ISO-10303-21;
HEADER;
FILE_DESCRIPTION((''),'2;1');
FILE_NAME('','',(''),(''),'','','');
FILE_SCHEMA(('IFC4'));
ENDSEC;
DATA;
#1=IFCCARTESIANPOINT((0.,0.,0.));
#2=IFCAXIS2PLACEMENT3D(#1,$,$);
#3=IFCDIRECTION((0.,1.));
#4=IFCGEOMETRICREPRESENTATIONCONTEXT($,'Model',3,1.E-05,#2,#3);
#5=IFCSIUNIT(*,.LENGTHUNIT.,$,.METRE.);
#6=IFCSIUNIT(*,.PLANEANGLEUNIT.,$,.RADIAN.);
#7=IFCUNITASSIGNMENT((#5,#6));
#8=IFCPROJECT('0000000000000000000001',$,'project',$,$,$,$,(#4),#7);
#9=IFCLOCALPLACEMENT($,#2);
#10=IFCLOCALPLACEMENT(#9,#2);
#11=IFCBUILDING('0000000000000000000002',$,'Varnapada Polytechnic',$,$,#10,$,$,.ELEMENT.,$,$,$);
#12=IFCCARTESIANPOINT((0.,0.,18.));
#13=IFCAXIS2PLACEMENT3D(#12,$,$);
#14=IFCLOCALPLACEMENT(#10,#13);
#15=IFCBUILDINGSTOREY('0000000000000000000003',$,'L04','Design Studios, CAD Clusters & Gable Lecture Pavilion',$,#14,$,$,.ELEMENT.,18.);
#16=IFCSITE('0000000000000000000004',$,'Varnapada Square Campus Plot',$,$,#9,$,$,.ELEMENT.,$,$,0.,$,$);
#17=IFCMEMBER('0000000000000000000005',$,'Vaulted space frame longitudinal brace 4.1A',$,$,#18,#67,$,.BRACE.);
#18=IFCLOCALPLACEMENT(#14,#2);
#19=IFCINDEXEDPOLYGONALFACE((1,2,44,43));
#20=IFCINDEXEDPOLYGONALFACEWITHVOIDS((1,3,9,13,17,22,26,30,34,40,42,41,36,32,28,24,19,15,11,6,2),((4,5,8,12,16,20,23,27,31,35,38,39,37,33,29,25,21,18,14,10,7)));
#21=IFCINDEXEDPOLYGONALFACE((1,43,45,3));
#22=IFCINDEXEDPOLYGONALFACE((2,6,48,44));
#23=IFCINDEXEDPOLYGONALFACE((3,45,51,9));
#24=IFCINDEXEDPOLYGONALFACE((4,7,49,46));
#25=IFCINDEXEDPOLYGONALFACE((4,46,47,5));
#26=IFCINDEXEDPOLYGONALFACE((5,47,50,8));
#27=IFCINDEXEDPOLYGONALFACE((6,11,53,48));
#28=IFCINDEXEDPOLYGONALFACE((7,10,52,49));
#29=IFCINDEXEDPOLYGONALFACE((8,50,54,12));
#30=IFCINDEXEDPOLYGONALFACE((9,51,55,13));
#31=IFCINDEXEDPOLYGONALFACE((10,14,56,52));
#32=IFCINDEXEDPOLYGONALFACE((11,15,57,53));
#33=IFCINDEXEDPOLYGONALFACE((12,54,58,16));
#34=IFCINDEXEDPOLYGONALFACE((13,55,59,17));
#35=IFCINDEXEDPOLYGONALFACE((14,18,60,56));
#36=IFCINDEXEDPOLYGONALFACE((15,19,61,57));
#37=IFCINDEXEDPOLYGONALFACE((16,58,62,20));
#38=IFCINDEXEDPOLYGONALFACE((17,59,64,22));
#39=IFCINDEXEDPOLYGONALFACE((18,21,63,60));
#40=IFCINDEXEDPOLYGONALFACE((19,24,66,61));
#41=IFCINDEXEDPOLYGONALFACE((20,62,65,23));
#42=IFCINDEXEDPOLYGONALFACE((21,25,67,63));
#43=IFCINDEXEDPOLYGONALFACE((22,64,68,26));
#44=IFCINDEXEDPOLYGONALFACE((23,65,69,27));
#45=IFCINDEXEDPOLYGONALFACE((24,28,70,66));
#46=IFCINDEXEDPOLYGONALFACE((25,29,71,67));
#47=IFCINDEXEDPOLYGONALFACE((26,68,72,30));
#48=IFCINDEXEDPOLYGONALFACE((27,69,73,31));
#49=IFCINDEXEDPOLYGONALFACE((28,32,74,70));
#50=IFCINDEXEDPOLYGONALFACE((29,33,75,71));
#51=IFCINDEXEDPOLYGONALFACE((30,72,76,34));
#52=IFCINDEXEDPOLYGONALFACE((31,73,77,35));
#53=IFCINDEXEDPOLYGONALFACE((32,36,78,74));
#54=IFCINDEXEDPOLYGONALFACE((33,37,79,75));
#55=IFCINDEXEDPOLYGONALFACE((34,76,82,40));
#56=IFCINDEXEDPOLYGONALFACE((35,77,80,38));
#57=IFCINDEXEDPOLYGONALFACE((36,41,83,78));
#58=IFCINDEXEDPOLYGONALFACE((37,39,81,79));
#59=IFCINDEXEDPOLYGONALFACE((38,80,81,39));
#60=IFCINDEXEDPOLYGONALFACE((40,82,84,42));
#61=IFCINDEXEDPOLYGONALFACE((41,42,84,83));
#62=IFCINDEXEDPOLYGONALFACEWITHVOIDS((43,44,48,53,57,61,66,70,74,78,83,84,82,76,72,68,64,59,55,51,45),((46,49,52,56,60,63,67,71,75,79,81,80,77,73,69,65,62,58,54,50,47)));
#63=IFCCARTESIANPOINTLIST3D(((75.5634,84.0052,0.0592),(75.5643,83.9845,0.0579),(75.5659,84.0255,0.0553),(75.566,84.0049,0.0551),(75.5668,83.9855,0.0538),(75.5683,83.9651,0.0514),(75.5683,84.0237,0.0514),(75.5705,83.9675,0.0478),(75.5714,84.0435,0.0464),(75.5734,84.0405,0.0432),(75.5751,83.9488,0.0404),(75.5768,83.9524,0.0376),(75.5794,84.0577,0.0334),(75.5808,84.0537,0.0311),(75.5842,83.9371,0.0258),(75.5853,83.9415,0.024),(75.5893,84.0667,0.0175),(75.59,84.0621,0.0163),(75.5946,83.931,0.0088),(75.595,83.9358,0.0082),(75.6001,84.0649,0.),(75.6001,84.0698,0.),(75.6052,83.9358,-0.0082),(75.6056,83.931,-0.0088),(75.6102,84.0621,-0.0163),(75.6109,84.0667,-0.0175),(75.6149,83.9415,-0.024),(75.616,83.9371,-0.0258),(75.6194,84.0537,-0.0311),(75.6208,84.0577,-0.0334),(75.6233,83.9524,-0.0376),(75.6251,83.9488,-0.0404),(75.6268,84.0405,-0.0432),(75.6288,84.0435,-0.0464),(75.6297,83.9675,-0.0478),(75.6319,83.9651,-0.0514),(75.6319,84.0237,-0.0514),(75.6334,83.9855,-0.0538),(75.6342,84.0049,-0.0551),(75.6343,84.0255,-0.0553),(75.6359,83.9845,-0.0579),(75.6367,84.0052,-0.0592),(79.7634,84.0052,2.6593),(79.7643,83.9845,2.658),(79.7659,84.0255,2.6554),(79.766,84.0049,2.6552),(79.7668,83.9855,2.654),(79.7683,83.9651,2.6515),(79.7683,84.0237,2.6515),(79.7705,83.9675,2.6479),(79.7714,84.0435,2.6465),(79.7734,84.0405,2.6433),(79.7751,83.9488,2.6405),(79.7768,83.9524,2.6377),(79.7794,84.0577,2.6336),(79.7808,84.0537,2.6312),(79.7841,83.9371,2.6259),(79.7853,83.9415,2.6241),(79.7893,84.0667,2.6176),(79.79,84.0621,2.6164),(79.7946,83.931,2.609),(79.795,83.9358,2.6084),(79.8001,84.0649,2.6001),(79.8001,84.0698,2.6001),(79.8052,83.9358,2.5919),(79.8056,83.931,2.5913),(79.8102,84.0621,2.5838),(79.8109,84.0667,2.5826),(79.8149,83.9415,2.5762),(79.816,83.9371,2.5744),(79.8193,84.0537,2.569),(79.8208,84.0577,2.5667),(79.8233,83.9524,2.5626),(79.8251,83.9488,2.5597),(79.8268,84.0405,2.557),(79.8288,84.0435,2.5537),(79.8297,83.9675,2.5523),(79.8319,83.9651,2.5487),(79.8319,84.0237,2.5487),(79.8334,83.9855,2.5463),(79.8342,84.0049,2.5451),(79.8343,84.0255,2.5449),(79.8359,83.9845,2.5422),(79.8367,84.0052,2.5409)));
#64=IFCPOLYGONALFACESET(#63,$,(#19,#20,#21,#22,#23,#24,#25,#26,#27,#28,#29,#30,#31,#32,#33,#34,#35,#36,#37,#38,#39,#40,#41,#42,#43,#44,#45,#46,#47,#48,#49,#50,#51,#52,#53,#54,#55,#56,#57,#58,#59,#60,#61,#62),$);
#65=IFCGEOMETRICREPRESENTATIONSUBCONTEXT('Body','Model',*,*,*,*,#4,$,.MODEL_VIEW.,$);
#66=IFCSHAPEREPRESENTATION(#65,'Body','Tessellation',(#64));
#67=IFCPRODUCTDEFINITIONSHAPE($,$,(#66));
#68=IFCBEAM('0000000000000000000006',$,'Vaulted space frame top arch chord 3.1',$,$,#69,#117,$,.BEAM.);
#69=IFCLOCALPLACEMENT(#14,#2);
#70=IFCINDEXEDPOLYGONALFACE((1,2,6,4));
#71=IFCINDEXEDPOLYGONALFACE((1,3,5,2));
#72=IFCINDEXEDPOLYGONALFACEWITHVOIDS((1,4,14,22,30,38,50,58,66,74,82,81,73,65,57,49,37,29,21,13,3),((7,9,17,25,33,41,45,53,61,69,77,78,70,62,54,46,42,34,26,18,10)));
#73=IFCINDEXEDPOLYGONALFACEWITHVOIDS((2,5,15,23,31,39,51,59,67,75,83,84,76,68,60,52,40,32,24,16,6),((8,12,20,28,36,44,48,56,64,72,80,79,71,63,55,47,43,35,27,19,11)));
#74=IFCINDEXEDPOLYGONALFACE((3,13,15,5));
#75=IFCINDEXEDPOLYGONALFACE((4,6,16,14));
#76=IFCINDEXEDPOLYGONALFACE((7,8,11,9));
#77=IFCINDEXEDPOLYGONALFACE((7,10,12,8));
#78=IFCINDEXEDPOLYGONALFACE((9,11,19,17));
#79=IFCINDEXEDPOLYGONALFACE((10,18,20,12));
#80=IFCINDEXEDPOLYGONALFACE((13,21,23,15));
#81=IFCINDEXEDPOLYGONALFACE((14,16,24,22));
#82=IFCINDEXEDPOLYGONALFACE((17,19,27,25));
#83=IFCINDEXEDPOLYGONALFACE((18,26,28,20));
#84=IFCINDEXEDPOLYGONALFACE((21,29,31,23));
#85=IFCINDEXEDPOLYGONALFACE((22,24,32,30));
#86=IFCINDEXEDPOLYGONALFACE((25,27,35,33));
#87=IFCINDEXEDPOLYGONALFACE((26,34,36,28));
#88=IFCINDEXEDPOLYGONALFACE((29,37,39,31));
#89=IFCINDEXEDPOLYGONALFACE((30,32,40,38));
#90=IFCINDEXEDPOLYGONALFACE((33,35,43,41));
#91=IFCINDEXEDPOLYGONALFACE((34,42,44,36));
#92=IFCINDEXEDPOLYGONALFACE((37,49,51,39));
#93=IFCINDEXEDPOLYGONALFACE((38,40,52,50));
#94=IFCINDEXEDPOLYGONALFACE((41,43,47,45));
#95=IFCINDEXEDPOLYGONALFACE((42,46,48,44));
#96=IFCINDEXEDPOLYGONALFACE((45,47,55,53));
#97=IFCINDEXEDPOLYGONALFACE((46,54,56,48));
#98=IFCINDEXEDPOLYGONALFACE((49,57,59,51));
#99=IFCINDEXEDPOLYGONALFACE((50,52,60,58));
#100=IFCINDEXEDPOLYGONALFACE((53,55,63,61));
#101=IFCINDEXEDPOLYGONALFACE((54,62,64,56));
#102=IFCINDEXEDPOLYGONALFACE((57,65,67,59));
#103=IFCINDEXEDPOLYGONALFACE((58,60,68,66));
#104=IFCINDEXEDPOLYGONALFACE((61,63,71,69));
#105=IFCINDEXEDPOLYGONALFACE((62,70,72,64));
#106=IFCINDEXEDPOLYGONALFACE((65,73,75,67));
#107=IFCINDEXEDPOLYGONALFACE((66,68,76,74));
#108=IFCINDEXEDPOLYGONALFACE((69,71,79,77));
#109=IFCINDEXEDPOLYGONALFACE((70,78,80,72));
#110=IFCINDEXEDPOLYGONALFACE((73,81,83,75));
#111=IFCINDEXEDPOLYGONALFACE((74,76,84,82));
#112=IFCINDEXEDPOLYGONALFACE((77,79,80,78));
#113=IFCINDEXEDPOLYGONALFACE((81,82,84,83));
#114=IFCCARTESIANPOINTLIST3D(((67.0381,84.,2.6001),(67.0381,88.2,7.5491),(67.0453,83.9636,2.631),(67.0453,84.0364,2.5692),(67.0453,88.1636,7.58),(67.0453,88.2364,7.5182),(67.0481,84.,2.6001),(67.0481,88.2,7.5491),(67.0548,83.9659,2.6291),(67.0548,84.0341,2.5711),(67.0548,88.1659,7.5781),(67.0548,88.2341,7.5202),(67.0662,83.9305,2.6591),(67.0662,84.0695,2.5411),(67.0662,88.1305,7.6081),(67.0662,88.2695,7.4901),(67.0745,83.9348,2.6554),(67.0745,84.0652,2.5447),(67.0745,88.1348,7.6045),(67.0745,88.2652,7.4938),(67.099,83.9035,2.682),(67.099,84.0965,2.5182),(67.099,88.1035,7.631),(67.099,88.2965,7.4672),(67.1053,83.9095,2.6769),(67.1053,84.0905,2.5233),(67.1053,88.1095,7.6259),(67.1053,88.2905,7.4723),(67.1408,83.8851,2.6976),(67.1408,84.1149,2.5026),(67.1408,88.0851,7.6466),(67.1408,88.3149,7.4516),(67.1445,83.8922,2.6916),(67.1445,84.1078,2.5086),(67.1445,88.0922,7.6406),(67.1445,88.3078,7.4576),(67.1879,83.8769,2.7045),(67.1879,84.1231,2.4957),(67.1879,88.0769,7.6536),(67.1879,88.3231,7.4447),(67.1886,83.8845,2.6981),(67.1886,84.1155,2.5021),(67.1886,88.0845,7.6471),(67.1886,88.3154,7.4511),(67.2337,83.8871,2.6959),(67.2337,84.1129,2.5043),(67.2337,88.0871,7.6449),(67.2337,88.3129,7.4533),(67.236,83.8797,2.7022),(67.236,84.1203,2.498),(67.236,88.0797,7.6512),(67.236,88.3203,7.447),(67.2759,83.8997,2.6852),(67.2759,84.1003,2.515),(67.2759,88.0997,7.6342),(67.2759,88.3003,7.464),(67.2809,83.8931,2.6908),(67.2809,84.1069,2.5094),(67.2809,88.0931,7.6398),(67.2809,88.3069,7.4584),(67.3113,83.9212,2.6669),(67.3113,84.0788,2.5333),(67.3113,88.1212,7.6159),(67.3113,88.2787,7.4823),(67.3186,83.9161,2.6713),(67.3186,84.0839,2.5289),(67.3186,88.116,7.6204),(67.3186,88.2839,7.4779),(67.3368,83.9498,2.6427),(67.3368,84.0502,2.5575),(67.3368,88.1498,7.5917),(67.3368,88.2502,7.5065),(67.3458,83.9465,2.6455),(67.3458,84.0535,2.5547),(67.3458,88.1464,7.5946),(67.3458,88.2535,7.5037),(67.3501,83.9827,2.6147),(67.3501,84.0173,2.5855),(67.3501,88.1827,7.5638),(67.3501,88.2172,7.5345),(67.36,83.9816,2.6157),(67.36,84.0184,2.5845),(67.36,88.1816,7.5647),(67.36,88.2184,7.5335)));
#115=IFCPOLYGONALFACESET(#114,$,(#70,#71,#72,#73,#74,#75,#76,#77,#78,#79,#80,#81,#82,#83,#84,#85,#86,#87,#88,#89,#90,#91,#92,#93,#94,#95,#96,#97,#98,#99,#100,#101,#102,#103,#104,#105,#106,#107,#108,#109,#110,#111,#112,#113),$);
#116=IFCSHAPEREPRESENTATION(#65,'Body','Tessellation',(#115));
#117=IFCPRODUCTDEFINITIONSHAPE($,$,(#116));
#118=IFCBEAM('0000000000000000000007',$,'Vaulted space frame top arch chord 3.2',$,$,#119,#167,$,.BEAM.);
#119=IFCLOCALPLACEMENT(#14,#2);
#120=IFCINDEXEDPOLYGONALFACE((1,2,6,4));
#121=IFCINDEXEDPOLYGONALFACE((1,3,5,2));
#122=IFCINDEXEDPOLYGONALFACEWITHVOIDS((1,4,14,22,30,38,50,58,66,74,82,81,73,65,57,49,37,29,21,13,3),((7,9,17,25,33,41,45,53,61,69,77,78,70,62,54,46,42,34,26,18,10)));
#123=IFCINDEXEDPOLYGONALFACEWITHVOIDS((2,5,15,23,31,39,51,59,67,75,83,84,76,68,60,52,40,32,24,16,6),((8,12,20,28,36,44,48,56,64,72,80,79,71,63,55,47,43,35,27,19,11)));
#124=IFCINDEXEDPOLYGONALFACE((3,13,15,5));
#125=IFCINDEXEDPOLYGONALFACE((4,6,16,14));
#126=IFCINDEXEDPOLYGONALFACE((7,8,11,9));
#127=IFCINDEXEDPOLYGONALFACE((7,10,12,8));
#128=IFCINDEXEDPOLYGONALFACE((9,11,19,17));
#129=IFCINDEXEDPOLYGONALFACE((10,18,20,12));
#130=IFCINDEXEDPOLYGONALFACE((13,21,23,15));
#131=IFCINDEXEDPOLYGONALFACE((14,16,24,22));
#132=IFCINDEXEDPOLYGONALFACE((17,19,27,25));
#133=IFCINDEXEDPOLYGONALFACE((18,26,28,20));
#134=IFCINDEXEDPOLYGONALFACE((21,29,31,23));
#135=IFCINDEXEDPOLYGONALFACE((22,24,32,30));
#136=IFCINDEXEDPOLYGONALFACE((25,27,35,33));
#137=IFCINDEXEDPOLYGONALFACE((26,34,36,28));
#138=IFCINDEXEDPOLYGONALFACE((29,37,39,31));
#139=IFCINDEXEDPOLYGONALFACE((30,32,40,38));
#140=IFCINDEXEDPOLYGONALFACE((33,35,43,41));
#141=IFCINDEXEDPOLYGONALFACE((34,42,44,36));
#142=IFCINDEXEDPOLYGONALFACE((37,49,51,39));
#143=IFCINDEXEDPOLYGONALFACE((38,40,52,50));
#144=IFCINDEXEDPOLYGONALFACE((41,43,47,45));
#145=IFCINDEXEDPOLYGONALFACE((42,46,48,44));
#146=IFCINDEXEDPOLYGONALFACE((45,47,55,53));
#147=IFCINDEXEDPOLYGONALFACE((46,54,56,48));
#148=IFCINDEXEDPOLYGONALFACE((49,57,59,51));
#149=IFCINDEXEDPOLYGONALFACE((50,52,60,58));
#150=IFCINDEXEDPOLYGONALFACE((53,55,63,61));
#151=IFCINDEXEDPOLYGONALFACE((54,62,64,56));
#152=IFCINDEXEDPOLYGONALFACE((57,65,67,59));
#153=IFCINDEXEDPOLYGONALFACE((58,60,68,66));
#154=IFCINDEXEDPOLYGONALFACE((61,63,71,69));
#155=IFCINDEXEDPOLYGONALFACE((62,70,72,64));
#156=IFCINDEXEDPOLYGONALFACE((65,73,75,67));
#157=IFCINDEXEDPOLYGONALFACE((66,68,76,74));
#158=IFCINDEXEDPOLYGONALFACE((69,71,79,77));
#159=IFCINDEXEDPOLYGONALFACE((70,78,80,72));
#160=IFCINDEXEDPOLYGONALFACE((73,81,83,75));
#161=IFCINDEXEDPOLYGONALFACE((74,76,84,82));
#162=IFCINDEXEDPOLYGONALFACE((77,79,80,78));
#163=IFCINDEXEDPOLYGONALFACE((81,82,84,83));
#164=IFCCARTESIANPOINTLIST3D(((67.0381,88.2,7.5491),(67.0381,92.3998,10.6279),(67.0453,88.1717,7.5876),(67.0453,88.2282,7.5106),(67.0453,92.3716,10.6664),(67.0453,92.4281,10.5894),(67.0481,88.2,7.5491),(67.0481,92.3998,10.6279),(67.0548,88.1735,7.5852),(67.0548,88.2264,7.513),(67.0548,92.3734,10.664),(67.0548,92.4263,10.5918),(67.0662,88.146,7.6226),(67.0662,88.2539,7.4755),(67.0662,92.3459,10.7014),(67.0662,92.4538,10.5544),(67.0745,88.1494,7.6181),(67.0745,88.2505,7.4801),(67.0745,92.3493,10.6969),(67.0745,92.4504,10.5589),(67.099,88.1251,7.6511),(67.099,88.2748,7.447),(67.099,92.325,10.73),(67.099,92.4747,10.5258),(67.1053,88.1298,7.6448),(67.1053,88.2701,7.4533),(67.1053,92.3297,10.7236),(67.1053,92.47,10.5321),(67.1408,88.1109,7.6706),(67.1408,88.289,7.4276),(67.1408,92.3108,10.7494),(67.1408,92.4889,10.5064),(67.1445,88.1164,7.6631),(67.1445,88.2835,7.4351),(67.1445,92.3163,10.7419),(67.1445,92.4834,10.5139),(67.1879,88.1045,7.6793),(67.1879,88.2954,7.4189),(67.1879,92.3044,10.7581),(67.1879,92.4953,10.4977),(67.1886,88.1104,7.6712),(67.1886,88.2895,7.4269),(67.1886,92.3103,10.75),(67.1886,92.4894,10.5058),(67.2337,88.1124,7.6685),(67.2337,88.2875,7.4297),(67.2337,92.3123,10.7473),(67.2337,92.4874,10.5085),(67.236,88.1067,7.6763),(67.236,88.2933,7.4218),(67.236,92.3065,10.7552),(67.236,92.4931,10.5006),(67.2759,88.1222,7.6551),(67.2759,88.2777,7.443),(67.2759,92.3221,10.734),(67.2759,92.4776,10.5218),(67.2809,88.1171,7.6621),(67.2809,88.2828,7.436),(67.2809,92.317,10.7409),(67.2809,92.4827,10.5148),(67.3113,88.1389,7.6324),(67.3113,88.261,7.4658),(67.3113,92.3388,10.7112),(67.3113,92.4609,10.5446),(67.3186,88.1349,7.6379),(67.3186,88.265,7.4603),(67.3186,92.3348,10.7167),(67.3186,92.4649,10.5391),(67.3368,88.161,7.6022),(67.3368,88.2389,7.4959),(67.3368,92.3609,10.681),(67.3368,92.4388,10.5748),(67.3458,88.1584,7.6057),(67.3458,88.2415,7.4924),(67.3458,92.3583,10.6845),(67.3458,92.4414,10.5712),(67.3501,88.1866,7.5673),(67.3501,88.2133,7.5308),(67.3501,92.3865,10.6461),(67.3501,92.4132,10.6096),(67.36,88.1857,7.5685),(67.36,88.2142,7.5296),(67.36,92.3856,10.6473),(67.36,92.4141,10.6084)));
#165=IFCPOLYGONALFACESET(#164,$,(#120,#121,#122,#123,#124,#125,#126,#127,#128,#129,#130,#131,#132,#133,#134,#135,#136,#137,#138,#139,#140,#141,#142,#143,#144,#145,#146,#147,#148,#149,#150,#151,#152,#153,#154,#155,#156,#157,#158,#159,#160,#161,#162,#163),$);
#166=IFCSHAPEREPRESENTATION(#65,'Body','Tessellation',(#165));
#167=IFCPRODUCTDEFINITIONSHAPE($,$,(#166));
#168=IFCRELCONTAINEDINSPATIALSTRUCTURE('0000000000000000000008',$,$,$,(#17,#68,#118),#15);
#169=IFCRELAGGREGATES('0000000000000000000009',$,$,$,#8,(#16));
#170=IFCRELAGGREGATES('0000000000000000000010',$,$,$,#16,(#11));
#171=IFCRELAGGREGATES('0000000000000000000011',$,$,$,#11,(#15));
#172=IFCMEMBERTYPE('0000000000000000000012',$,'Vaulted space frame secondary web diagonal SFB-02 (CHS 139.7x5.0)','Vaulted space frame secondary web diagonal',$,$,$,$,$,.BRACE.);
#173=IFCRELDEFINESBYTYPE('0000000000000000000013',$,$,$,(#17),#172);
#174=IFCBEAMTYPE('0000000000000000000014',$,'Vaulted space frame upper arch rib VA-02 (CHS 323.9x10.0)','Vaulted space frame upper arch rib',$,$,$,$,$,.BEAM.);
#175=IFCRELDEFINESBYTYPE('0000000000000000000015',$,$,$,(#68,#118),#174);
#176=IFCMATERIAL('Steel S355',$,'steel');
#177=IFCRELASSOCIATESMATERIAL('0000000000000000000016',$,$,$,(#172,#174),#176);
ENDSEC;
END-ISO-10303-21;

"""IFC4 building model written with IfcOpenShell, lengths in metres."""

from ifc_helpers import new_model, si_unit, direction, frame, origin, origin_2d, place, context, subcontext, project, spatial, hollow_circle, extrude, material, material_profile, profile_set, type_object, element, save


model = new_model("IFC4")

# Units and contexts
model_context = context("Model", 3, precision=1e-05, world=origin(), true_north=direction((0.0, 1.0)))
body_context = subcontext(model_context, "Body", "Model", "MODEL_VIEW")
ifc_project = project(units=[si_unit("LENGTHUNIT", "METRE"), si_unit("PLANEANGLEUNIT", "RADIAN")], contexts=[model_context])

# Site, building, storey
site_placement = place(None, origin())
site = spatial("IfcSite", under=ifc_project, at=site_placement, Name="Varnapada Square Campus Plot", CompositionType="ELEMENT", RefElevation=0.0)
building_placement = place(site_placement, origin())
building = spatial("IfcBuilding", under=site, at=building_placement, Name="Varnapada Polytechnic", CompositionType="ELEMENT")
storey_placement = place(building_placement, frame((0.0, 0.0, 18.0)))
storey = spatial("IfcBuildingStorey", under=building, at=storey_placement, Name="L04", Description="Design Studios, CAD Clusters & Gable Lecture Pavilion", CompositionType="ELEMENT", Elevation=18.0)

# Shared definitions
ifc_material = material(Name="Steel S355", Category="steel")

# Member
ifc_material_profile_1 = material_profile(ifc_material, hollow_circle(Radius=0.0698, WallThickness=0.0049, at=origin_2d()), Name="CHS 139.7x5.0")
ifc_profile_set_1 = profile_set([ifc_material_profile_1], Name="Steel S355")
member_type_1 = type_object("IfcMemberType", Name="Vaulted space frame secondary web diagonal SFB-02 (CHS 139.7x5.0)", Description="Vaulted space frame secondary web diagonal", PredefinedType="BRACE", material=ifc_profile_set_1)
member_1_placement = place(storey_placement, frame((75.6001, 84.0, 0.0), z_axis=(0.850254, 0.0, 0.526373), x_axis=(0.0, 1.0, 0.0)))
element("IfcMember", 1, at=member_1_placement, inside=storey, type_object=member_type_1, Name="Vaulted space frame longitudinal brace 4.1A", PredefinedType="BRACE", context=body_context, shape_type="SweptSolid", body=[
    extrude(hollow_circle(Radius=0.0698, WallThickness=0.0049, at=origin_2d()), origin(), (0.0, 0.0, 1.0), 4.9397),
])

# Beams
ifc_material_profile_2 = material_profile(ifc_material, hollow_circle(Radius=0.1619, WallThickness=0.01, at=origin_2d()), Name="CHS 323.9x10.0")
ifc_profile_set_2 = profile_set([ifc_material_profile_2], Name="Steel S355")
beam_type_1 = type_object("IfcBeamType", Name="Vaulted space frame upper arch rib VA-02 (CHS 323.9x10.0)", Description="Vaulted space frame upper arch rib", PredefinedType="BEAM", material=ifc_profile_set_2)
beam_1_placement = place(storey_placement, frame((67.2, 84.0, 2.6001), z_axis=(0.0, 0.647051, 0.762447), x_axis=(-1.0, 0.0, 0.0)))
element("IfcBeam", 2, at=beam_1_placement, inside=storey, type_object=beam_type_1, Name="Vaulted space frame top arch chord 3.1", PredefinedType="BEAM", context=body_context, shape_type="SweptSolid", body=[
    extrude(hollow_circle(Radius=0.1619, WallThickness=0.01, at=origin_2d()), origin(), (0.0, 0.0, 1.0), 6.491),
])
beam_2_placement = place(storey_placement, frame((67.2, 88.2, 7.5491), z_axis=(0.0, 0.806506, 0.591225), x_axis=(-1.0, 0.0, 0.0)))
element("IfcBeam", 3, at=beam_2_placement, inside=storey, type_object=beam_type_1, Name="Vaulted space frame top arch chord 3.2", PredefinedType="BEAM", context=body_context, shape_type="SweptSolid", body=[
    extrude(hollow_circle(Radius=0.1619, WallThickness=0.01, at=origin_2d()), origin(), (0.0, 0.0, 1.0), 5.2075),
])

save(model, "model.ifc")
